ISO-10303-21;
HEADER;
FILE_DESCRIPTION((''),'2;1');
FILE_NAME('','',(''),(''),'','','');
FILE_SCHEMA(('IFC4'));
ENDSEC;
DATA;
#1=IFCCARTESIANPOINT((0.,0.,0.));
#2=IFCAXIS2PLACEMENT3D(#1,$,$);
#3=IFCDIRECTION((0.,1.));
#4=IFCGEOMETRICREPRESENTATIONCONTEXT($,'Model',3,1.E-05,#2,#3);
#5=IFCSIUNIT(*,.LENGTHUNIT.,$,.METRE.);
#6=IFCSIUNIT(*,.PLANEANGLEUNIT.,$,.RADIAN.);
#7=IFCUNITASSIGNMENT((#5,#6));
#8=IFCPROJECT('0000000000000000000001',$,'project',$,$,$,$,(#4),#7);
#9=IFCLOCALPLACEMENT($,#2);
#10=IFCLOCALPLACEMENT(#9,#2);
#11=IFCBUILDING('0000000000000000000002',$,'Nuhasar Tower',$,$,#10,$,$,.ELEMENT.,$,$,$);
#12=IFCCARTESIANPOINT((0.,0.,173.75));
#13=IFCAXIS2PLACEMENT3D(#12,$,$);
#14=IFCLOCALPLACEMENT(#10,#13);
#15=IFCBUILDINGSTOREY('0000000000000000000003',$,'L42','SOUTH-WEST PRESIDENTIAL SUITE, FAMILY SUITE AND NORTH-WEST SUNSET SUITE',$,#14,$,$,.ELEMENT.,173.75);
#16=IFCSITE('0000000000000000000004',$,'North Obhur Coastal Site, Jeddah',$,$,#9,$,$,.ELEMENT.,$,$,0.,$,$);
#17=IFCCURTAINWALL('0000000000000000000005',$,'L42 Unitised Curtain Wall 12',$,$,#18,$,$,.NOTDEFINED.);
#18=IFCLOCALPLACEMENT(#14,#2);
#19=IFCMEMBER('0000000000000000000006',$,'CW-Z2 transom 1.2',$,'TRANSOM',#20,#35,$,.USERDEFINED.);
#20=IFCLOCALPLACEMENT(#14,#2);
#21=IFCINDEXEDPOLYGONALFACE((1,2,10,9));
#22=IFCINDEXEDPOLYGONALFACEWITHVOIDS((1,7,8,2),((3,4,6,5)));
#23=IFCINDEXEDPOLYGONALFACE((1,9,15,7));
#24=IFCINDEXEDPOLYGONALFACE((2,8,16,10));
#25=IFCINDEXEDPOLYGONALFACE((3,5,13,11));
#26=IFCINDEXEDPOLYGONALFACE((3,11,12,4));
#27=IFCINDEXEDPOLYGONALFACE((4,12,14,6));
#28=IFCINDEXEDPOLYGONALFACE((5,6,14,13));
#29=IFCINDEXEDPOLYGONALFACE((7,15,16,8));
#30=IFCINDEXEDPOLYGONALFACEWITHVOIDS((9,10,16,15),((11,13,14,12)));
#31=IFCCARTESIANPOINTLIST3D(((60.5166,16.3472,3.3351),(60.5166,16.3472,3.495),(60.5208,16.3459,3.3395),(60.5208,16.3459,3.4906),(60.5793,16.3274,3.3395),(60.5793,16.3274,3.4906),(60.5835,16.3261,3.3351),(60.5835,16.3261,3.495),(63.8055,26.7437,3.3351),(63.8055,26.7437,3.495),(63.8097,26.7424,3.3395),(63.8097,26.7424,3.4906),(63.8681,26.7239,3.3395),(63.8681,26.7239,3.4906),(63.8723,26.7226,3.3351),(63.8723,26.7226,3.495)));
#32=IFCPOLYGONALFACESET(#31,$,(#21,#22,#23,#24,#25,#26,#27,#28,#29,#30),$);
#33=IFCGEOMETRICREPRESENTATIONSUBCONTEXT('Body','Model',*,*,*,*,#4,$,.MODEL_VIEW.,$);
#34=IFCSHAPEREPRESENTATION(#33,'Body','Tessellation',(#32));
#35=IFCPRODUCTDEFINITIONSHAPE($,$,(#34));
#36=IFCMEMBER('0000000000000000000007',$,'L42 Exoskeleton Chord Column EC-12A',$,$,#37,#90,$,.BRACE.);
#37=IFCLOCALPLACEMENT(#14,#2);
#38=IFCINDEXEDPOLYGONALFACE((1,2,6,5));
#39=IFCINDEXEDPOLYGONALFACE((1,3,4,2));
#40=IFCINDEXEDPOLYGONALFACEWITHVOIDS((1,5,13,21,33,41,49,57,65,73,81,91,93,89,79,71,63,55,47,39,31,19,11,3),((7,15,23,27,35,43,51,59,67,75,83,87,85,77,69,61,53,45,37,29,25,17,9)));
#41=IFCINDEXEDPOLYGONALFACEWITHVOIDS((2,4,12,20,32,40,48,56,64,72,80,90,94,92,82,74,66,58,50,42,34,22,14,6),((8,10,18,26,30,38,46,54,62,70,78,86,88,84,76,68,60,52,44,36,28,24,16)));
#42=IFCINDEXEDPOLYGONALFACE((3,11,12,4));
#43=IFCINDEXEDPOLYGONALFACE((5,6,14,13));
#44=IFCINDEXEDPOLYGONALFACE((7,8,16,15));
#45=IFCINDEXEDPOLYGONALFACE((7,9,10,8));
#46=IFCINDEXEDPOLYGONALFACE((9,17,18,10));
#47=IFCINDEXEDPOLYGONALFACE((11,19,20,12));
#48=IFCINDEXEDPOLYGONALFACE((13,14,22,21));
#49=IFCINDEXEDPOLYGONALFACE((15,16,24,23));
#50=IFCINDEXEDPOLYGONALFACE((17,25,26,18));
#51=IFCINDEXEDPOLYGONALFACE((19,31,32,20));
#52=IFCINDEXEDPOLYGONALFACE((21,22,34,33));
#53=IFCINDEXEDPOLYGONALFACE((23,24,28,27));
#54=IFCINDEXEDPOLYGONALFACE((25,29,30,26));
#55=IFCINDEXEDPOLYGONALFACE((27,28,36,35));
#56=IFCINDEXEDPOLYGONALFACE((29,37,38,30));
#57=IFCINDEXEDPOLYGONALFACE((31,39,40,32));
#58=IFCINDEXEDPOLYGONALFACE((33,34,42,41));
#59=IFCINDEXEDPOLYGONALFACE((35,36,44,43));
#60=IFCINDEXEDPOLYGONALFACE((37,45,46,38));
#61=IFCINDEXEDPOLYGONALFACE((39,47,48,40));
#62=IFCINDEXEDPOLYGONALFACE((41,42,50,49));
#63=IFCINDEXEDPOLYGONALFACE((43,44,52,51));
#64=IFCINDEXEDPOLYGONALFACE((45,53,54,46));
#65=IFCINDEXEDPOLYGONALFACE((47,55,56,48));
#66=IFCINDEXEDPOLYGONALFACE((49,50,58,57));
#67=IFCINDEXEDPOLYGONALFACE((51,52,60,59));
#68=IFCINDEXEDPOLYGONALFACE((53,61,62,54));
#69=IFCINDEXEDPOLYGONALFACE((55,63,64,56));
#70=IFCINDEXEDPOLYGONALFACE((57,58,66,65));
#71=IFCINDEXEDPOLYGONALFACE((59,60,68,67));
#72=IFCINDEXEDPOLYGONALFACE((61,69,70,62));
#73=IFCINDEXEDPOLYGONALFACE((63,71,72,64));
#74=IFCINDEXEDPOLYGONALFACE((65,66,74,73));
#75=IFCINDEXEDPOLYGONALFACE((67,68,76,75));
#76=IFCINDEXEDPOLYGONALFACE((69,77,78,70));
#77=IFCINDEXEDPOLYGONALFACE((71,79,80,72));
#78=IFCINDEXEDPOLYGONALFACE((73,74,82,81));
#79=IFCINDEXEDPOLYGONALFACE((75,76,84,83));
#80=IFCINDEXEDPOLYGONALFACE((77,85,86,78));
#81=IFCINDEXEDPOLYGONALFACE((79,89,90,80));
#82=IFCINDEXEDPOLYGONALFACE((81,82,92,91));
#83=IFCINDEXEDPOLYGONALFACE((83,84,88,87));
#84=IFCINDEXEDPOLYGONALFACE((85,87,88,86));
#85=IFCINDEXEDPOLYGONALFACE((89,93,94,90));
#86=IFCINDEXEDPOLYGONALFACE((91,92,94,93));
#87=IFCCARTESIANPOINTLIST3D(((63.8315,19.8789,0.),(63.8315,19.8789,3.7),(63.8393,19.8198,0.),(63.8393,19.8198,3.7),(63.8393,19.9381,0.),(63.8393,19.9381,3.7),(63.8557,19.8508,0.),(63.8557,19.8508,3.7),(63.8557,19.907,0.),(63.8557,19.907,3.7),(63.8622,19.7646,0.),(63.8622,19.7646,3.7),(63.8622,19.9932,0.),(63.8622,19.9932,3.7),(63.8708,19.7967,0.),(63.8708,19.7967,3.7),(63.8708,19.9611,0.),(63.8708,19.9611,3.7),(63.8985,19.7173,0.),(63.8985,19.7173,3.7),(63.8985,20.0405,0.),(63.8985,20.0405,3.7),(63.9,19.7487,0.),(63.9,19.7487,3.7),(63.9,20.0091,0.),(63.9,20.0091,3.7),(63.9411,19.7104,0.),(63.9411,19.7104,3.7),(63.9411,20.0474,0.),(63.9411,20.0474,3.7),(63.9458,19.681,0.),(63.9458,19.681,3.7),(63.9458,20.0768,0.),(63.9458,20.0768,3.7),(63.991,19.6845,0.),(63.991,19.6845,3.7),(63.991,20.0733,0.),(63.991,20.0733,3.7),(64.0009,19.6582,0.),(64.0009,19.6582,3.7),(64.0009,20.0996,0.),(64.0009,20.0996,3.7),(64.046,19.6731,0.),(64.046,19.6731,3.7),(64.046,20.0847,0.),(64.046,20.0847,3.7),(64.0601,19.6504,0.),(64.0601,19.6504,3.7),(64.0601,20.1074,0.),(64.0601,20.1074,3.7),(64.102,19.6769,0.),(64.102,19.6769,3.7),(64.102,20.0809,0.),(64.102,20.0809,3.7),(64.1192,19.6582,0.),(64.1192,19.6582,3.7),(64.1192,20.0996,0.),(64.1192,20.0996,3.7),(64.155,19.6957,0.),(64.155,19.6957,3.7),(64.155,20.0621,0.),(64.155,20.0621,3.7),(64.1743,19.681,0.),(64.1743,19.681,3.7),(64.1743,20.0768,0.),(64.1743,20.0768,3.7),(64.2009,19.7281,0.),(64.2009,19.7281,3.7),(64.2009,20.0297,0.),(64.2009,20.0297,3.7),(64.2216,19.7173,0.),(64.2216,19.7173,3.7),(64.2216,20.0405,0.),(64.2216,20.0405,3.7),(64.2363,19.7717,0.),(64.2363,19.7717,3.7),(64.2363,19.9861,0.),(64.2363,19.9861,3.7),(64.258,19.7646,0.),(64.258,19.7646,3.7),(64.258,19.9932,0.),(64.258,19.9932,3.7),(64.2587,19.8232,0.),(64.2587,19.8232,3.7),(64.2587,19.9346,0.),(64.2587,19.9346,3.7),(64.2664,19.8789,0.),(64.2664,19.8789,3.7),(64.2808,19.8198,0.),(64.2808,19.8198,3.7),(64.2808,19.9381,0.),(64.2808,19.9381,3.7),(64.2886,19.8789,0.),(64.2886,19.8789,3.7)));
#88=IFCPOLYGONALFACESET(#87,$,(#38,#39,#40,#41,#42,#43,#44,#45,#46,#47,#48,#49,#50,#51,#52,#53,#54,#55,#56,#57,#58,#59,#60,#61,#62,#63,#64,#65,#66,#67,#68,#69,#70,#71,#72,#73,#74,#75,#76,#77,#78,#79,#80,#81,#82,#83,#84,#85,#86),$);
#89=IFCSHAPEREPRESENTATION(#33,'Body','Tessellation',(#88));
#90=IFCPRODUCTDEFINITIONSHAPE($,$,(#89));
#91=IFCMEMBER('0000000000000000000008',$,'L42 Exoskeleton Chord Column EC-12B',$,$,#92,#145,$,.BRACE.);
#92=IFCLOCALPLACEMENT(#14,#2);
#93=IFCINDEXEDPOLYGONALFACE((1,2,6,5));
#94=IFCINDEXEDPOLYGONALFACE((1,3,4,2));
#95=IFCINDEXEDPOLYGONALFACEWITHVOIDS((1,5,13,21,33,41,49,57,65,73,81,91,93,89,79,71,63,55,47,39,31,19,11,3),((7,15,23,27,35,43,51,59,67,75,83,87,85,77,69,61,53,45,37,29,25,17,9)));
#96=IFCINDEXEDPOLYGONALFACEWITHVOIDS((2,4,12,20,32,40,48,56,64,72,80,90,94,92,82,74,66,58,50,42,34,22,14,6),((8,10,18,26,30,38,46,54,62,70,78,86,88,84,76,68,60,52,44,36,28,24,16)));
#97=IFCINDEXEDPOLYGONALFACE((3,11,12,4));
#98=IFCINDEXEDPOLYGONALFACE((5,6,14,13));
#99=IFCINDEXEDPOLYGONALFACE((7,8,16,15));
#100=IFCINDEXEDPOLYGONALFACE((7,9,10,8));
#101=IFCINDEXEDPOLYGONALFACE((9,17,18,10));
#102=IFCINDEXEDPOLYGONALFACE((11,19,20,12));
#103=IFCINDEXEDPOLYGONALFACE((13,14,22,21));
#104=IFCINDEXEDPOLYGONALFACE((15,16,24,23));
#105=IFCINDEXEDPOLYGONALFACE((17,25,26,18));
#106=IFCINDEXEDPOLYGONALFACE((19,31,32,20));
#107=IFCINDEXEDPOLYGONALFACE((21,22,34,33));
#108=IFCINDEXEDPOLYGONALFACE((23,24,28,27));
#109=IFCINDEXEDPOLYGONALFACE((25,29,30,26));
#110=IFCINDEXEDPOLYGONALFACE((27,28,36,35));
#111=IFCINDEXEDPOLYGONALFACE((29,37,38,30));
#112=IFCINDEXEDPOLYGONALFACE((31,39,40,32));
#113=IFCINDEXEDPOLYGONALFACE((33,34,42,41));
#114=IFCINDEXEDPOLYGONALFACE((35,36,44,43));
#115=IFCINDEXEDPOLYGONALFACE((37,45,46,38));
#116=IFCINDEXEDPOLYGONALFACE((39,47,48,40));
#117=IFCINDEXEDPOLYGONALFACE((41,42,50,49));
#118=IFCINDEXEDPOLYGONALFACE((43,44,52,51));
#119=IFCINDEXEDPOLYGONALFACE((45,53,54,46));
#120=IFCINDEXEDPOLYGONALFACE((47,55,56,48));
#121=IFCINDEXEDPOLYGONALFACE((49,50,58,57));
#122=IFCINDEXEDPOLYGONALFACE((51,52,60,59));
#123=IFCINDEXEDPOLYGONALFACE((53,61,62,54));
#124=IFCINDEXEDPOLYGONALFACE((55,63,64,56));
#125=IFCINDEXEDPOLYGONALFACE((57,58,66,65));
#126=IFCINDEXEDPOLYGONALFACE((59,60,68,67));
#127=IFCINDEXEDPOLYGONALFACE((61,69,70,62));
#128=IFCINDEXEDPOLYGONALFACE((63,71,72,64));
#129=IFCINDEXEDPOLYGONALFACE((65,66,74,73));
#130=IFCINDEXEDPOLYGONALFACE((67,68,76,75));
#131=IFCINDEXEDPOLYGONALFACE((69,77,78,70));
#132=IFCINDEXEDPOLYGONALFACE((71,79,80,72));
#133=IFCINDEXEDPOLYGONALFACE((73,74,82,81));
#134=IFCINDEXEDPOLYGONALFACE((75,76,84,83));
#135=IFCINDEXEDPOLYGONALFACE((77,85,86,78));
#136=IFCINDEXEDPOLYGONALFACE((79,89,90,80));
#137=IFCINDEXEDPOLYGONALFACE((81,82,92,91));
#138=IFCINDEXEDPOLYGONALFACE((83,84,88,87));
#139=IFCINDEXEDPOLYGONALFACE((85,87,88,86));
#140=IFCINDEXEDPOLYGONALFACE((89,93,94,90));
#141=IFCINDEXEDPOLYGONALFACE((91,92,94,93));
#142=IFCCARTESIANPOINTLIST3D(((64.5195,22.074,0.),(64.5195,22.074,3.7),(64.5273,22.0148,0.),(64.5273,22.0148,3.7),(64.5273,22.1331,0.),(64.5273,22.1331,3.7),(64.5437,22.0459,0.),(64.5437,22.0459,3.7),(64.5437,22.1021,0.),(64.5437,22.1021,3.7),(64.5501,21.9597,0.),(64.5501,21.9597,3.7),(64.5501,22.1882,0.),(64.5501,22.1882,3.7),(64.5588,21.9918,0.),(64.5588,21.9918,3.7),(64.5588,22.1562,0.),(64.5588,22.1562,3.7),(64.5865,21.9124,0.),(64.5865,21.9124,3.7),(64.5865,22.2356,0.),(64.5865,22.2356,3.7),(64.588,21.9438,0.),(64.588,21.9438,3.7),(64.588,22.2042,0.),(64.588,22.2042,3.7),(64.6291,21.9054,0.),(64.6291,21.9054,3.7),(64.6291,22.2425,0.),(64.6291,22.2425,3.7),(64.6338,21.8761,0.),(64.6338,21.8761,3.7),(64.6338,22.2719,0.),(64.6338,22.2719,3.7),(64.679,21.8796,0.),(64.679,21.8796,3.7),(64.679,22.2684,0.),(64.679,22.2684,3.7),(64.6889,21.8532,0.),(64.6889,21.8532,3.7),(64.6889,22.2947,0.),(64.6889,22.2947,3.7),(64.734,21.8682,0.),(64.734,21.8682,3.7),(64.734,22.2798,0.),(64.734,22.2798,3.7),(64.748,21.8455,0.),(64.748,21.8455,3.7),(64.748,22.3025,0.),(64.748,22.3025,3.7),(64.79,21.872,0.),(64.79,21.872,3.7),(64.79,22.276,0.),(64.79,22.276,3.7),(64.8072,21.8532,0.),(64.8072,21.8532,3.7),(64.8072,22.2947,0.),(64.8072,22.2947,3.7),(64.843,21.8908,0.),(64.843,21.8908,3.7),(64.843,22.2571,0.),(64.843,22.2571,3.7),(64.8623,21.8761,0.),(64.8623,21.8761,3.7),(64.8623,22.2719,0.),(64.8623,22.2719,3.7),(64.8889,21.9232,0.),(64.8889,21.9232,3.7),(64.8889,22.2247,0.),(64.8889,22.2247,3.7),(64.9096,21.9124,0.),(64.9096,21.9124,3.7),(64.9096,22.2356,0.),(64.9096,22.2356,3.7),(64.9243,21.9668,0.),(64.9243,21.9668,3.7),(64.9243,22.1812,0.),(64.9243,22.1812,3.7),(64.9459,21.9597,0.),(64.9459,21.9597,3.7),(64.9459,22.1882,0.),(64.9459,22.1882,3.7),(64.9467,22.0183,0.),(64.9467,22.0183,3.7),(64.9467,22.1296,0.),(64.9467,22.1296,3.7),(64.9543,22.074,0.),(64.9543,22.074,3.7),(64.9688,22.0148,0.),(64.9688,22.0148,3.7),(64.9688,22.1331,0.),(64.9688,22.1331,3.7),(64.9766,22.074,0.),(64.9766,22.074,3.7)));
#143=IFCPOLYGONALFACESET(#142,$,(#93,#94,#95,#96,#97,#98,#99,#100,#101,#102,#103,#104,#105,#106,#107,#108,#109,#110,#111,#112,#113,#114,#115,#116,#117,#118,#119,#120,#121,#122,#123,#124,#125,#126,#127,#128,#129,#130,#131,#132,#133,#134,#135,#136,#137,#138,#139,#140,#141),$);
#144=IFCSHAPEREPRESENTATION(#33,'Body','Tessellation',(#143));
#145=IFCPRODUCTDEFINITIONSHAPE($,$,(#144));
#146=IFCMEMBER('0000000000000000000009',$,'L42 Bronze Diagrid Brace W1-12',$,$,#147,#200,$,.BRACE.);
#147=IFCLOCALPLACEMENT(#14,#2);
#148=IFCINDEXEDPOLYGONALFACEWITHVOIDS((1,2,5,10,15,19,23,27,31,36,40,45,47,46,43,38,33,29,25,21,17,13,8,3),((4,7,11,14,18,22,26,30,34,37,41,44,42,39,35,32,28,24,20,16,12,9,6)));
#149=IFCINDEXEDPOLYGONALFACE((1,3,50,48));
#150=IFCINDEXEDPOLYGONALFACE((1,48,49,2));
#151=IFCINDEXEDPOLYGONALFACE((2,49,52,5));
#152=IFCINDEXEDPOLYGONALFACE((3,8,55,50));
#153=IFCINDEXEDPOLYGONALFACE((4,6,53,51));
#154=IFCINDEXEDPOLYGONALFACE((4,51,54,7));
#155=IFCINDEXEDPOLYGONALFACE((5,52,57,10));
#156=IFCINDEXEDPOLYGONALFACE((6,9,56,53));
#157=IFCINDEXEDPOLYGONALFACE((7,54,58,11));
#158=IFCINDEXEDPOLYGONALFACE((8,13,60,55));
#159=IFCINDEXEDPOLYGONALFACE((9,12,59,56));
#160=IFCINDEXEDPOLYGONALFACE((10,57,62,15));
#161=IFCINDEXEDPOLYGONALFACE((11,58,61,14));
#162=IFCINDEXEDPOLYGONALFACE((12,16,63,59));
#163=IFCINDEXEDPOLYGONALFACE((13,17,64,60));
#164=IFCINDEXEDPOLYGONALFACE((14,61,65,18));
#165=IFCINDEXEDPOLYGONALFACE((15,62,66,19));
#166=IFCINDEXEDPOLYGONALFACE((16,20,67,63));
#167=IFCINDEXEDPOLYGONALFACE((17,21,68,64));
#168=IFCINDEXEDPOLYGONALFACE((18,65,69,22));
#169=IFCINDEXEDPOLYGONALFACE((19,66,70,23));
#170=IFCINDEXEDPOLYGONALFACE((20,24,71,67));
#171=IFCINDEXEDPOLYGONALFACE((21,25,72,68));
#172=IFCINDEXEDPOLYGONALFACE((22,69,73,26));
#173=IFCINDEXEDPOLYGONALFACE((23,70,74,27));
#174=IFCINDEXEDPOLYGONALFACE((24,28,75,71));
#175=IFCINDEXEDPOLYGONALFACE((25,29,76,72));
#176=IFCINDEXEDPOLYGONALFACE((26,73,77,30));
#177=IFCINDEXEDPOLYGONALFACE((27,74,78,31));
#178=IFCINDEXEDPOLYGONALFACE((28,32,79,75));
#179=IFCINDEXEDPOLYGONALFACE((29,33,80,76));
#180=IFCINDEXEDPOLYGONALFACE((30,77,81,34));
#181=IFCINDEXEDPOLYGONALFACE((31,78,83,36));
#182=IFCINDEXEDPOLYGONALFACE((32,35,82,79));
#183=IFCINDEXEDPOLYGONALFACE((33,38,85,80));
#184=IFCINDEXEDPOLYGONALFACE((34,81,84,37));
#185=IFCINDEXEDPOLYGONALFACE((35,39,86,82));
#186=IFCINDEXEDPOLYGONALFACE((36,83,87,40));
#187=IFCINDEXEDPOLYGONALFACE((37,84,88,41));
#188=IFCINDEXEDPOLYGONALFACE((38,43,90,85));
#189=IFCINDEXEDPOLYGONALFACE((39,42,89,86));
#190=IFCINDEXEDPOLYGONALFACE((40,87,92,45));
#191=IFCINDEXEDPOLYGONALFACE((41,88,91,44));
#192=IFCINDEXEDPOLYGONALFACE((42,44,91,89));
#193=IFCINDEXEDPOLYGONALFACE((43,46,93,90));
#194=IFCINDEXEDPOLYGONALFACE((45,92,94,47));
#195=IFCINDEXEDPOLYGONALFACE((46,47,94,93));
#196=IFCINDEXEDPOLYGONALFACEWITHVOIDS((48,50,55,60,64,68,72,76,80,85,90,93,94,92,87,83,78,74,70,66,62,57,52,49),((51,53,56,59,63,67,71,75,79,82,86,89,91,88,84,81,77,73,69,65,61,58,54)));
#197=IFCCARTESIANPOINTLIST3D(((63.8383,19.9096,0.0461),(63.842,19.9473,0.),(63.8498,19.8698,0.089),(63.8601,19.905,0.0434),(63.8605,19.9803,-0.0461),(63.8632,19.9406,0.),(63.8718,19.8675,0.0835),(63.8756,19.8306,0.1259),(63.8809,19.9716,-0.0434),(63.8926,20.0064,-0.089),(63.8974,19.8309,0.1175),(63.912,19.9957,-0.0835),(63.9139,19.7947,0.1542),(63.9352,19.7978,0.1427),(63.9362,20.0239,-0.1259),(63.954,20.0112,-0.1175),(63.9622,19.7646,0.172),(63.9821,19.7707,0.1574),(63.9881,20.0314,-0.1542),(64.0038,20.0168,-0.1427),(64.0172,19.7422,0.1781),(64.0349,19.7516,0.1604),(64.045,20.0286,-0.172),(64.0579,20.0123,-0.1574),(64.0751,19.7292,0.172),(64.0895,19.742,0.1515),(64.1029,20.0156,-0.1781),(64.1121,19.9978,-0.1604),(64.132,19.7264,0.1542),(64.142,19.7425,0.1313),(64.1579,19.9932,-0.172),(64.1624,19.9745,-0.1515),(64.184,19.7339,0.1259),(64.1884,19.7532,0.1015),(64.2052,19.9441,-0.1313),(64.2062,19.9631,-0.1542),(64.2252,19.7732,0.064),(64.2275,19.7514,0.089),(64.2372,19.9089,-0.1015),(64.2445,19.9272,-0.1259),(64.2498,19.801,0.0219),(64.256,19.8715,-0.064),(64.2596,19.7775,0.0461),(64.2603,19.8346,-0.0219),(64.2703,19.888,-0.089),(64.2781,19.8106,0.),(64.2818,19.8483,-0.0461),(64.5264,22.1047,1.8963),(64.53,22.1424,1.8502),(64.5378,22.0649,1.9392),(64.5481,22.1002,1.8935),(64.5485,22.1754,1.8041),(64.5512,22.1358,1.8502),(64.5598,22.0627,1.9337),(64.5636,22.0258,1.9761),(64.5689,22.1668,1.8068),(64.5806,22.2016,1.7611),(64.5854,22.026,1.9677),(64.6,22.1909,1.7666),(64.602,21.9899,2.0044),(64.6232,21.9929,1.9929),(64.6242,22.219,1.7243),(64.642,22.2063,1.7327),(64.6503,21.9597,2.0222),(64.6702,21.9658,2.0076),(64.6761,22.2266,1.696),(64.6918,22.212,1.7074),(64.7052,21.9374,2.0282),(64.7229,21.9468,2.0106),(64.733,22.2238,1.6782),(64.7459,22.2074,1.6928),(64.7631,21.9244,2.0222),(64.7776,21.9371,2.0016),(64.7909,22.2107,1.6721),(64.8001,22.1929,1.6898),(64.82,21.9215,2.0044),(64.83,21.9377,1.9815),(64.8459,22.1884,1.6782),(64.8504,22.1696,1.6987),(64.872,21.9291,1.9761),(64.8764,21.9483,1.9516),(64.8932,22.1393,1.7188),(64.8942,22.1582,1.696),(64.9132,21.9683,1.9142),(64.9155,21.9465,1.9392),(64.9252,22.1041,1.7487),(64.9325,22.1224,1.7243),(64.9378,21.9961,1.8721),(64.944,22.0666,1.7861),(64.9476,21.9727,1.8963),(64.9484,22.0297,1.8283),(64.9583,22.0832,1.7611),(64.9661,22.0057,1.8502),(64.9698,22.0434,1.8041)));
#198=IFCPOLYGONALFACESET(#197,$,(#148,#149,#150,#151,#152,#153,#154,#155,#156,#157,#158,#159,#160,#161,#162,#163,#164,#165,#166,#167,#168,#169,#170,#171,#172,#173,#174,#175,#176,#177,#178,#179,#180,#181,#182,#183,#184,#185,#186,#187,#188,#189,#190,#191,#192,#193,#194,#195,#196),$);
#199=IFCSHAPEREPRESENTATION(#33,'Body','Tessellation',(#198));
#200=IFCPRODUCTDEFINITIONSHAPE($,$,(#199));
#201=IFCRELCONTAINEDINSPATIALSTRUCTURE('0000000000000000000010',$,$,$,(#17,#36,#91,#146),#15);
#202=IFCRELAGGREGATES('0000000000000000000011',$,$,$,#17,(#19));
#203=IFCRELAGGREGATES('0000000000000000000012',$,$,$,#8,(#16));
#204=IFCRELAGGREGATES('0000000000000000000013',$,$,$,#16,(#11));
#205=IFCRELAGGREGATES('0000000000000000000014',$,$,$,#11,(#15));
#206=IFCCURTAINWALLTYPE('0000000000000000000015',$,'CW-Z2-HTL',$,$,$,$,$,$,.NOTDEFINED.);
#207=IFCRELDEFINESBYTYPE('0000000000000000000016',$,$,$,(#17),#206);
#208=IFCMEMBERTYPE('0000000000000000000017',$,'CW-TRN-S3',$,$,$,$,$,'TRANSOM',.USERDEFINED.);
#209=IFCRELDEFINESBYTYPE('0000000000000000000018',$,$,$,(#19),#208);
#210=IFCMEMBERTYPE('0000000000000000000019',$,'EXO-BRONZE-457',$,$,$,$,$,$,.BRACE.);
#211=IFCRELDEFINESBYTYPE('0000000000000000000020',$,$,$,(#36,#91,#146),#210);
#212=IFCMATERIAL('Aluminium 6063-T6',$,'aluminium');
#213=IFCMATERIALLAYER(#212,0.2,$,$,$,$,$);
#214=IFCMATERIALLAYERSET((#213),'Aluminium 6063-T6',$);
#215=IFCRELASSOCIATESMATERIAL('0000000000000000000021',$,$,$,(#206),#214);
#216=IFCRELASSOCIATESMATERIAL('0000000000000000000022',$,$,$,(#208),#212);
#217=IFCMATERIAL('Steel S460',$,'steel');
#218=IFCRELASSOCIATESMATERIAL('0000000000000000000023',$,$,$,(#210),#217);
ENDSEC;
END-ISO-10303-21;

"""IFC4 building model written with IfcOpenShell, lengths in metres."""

from ifc_helpers import new_model, si_unit, direction, frame, origin, origin_2d, place, context, subcontext, project, spatial, hollow_rectangle, hollow_circle, extrude, material, layer, layer_set, material_profile, profile_set, type_object, element, aggregate, save


model = new_model("IFC4")

# Units and contexts
model_context = context("Model", 3, precision=1e-05, world=origin(), true_north=direction((0.0, 1.0)))
body_context = subcontext(model_context, "Body", "Model", "MODEL_VIEW")
ifc_project = project(units=[si_unit("LENGTHUNIT", "METRE"), si_unit("PLANEANGLEUNIT", "RADIAN")], contexts=[model_context])

# Site, building, storey
site_placement = place(None, origin())
site = spatial("IfcSite", under=ifc_project, at=site_placement, Name="North Obhur Coastal Site, Jeddah", CompositionType="ELEMENT", RefElevation=0.0)
building_placement = place(site_placement, origin())
building = spatial("IfcBuilding", under=site, at=building_placement, Name="Nuhasar Tower", CompositionType="ELEMENT")
storey_placement = place(building_placement, frame((0.0, 0.0, 173.75)))
storey = spatial("IfcBuildingStorey", under=building, at=storey_placement, Name="L42", Description="SOUTH-WEST PRESIDENTIAL SUITE, FAMILY SUITE AND NORTH-WEST SUNSET SUITE", CompositionType="ELEMENT", Elevation=173.75)

# Curtain wall, member
ifc_material_1 = material(Name="Aluminium 6063-T6", Category="aluminium")
ifc_layer_1 = layer(ifc_material_1, 0.2)
ifc_layer_set_1 = layer_set([ifc_layer_1], Name="Aluminium 6063-T6")
curtain_wall_type = type_object("IfcCurtainWallType", Name="CW-Z2-HTL", PredefinedType="NOTDEFINED", material=ifc_layer_set_1)
curtain_wall_placement = place(storey_placement, origin())
curtain_wall = element("IfcCurtainWall", 1, at=curtain_wall_placement, inside=storey, type_object=curtain_wall_type, Name="L42 Unitised Curtain Wall 12", PredefinedType="NOTDEFINED")
ifc_material_profile_1 = material_profile(ifc_material_1, hollow_rectangle(XDim=0.0701, YDim=0.1599, WallThickness=0.0044, at=origin_2d()), Name="CWT-3")
ifc_profile_set_1 = profile_set([ifc_material_profile_1], Name="Aluminium 6063-T6")
member_type_1 = type_object("IfcMemberType", Name="CW-TRN-S3", ElementType="TRANSOM", PredefinedType="USERDEFINED", material=ifc_profile_set_1)
member_1_placement = place(storey_placement, frame((60.55, 16.3367, 3.415), z_axis=(0.301608, 0.953432, 0.0), x_axis=(-0.953432, 0.301608, 0.0)))
member_1 = element("IfcMember", 2, at=member_1_placement, type_object=member_type_1, Name="CW-Z2 transom 1.2", ObjectType="TRANSOM", PredefinedType="USERDEFINED", context=body_context, shape_type="SweptSolid", body=[
    extrude(hollow_rectangle(XDim=0.0701, YDim=0.1599, WallThickness=0.0044, at=origin_2d()), origin(), (0.0, 0.0, 1.0), 10.9043),
])

# Members
ifc_material_2 = material(Name="Steel S460", Category="steel")
ifc_material_profile_2 = material_profile(ifc_material_2, hollow_circle(Radius=0.2285, WallThickness=0.0222, at=origin_2d()), Name="HSS457X22.2")
ifc_profile_set_2 = profile_set([ifc_material_profile_2], Name="Steel S460")
member_type_2 = type_object("IfcMemberType", Name="EXO-BRONZE-457", PredefinedType="BRACE", material=ifc_profile_set_2)
for number, where, z_axis, x_axis, name in (
    (3, (64.0601, 19.8789, 0.0), (0.0, 0.0, 1.0), (1.0, 0.0, 0.0), "L42 Exoskeleton Chord Column EC-12A"),
    (4, (64.748, 22.074, 0.0), (0.0, 0.0, 1.0), (1.0, 0.0, 0.0), "L42 Exoskeleton Chord Column EC-12B"),
):
    element("IfcMember", number, at=place(storey_placement, frame(where, z_axis=z_axis, x_axis=x_axis)), inside=storey, type_object=member_type_2, Name=name, PredefinedType="BRACE", context=body_context, shape_type="SweptSolid", body=[
        extrude(hollow_circle(Radius=0.2285, WallThickness=0.0222, at=origin_2d()), origin(), (0.0, 0.0, 1.0), 3.7),
    ])
member_2_placement = place(storey_placement, frame((64.0601, 19.8789, 0.0), z_axis=(0.233056, 0.743578, 0.626719), x_axis=(-0.954228, 0.299079, 0.0)))
element("IfcMember", 5, at=member_2_placement, inside=storey, type_object=member_type_2, Name="L42 Bronze Diagrid Brace W1-12", PredefinedType="BRACE", context=body_context, shape_type="SweptSolid", body=[
    extrude(hollow_circle(Radius=0.2285, WallThickness=0.0222, at=origin_2d()), origin(), (0.0, 0.0, 1.0), 2.9521),
])

aggregate(curtain_wall, [member_1])

save(model, "model.ifc")
